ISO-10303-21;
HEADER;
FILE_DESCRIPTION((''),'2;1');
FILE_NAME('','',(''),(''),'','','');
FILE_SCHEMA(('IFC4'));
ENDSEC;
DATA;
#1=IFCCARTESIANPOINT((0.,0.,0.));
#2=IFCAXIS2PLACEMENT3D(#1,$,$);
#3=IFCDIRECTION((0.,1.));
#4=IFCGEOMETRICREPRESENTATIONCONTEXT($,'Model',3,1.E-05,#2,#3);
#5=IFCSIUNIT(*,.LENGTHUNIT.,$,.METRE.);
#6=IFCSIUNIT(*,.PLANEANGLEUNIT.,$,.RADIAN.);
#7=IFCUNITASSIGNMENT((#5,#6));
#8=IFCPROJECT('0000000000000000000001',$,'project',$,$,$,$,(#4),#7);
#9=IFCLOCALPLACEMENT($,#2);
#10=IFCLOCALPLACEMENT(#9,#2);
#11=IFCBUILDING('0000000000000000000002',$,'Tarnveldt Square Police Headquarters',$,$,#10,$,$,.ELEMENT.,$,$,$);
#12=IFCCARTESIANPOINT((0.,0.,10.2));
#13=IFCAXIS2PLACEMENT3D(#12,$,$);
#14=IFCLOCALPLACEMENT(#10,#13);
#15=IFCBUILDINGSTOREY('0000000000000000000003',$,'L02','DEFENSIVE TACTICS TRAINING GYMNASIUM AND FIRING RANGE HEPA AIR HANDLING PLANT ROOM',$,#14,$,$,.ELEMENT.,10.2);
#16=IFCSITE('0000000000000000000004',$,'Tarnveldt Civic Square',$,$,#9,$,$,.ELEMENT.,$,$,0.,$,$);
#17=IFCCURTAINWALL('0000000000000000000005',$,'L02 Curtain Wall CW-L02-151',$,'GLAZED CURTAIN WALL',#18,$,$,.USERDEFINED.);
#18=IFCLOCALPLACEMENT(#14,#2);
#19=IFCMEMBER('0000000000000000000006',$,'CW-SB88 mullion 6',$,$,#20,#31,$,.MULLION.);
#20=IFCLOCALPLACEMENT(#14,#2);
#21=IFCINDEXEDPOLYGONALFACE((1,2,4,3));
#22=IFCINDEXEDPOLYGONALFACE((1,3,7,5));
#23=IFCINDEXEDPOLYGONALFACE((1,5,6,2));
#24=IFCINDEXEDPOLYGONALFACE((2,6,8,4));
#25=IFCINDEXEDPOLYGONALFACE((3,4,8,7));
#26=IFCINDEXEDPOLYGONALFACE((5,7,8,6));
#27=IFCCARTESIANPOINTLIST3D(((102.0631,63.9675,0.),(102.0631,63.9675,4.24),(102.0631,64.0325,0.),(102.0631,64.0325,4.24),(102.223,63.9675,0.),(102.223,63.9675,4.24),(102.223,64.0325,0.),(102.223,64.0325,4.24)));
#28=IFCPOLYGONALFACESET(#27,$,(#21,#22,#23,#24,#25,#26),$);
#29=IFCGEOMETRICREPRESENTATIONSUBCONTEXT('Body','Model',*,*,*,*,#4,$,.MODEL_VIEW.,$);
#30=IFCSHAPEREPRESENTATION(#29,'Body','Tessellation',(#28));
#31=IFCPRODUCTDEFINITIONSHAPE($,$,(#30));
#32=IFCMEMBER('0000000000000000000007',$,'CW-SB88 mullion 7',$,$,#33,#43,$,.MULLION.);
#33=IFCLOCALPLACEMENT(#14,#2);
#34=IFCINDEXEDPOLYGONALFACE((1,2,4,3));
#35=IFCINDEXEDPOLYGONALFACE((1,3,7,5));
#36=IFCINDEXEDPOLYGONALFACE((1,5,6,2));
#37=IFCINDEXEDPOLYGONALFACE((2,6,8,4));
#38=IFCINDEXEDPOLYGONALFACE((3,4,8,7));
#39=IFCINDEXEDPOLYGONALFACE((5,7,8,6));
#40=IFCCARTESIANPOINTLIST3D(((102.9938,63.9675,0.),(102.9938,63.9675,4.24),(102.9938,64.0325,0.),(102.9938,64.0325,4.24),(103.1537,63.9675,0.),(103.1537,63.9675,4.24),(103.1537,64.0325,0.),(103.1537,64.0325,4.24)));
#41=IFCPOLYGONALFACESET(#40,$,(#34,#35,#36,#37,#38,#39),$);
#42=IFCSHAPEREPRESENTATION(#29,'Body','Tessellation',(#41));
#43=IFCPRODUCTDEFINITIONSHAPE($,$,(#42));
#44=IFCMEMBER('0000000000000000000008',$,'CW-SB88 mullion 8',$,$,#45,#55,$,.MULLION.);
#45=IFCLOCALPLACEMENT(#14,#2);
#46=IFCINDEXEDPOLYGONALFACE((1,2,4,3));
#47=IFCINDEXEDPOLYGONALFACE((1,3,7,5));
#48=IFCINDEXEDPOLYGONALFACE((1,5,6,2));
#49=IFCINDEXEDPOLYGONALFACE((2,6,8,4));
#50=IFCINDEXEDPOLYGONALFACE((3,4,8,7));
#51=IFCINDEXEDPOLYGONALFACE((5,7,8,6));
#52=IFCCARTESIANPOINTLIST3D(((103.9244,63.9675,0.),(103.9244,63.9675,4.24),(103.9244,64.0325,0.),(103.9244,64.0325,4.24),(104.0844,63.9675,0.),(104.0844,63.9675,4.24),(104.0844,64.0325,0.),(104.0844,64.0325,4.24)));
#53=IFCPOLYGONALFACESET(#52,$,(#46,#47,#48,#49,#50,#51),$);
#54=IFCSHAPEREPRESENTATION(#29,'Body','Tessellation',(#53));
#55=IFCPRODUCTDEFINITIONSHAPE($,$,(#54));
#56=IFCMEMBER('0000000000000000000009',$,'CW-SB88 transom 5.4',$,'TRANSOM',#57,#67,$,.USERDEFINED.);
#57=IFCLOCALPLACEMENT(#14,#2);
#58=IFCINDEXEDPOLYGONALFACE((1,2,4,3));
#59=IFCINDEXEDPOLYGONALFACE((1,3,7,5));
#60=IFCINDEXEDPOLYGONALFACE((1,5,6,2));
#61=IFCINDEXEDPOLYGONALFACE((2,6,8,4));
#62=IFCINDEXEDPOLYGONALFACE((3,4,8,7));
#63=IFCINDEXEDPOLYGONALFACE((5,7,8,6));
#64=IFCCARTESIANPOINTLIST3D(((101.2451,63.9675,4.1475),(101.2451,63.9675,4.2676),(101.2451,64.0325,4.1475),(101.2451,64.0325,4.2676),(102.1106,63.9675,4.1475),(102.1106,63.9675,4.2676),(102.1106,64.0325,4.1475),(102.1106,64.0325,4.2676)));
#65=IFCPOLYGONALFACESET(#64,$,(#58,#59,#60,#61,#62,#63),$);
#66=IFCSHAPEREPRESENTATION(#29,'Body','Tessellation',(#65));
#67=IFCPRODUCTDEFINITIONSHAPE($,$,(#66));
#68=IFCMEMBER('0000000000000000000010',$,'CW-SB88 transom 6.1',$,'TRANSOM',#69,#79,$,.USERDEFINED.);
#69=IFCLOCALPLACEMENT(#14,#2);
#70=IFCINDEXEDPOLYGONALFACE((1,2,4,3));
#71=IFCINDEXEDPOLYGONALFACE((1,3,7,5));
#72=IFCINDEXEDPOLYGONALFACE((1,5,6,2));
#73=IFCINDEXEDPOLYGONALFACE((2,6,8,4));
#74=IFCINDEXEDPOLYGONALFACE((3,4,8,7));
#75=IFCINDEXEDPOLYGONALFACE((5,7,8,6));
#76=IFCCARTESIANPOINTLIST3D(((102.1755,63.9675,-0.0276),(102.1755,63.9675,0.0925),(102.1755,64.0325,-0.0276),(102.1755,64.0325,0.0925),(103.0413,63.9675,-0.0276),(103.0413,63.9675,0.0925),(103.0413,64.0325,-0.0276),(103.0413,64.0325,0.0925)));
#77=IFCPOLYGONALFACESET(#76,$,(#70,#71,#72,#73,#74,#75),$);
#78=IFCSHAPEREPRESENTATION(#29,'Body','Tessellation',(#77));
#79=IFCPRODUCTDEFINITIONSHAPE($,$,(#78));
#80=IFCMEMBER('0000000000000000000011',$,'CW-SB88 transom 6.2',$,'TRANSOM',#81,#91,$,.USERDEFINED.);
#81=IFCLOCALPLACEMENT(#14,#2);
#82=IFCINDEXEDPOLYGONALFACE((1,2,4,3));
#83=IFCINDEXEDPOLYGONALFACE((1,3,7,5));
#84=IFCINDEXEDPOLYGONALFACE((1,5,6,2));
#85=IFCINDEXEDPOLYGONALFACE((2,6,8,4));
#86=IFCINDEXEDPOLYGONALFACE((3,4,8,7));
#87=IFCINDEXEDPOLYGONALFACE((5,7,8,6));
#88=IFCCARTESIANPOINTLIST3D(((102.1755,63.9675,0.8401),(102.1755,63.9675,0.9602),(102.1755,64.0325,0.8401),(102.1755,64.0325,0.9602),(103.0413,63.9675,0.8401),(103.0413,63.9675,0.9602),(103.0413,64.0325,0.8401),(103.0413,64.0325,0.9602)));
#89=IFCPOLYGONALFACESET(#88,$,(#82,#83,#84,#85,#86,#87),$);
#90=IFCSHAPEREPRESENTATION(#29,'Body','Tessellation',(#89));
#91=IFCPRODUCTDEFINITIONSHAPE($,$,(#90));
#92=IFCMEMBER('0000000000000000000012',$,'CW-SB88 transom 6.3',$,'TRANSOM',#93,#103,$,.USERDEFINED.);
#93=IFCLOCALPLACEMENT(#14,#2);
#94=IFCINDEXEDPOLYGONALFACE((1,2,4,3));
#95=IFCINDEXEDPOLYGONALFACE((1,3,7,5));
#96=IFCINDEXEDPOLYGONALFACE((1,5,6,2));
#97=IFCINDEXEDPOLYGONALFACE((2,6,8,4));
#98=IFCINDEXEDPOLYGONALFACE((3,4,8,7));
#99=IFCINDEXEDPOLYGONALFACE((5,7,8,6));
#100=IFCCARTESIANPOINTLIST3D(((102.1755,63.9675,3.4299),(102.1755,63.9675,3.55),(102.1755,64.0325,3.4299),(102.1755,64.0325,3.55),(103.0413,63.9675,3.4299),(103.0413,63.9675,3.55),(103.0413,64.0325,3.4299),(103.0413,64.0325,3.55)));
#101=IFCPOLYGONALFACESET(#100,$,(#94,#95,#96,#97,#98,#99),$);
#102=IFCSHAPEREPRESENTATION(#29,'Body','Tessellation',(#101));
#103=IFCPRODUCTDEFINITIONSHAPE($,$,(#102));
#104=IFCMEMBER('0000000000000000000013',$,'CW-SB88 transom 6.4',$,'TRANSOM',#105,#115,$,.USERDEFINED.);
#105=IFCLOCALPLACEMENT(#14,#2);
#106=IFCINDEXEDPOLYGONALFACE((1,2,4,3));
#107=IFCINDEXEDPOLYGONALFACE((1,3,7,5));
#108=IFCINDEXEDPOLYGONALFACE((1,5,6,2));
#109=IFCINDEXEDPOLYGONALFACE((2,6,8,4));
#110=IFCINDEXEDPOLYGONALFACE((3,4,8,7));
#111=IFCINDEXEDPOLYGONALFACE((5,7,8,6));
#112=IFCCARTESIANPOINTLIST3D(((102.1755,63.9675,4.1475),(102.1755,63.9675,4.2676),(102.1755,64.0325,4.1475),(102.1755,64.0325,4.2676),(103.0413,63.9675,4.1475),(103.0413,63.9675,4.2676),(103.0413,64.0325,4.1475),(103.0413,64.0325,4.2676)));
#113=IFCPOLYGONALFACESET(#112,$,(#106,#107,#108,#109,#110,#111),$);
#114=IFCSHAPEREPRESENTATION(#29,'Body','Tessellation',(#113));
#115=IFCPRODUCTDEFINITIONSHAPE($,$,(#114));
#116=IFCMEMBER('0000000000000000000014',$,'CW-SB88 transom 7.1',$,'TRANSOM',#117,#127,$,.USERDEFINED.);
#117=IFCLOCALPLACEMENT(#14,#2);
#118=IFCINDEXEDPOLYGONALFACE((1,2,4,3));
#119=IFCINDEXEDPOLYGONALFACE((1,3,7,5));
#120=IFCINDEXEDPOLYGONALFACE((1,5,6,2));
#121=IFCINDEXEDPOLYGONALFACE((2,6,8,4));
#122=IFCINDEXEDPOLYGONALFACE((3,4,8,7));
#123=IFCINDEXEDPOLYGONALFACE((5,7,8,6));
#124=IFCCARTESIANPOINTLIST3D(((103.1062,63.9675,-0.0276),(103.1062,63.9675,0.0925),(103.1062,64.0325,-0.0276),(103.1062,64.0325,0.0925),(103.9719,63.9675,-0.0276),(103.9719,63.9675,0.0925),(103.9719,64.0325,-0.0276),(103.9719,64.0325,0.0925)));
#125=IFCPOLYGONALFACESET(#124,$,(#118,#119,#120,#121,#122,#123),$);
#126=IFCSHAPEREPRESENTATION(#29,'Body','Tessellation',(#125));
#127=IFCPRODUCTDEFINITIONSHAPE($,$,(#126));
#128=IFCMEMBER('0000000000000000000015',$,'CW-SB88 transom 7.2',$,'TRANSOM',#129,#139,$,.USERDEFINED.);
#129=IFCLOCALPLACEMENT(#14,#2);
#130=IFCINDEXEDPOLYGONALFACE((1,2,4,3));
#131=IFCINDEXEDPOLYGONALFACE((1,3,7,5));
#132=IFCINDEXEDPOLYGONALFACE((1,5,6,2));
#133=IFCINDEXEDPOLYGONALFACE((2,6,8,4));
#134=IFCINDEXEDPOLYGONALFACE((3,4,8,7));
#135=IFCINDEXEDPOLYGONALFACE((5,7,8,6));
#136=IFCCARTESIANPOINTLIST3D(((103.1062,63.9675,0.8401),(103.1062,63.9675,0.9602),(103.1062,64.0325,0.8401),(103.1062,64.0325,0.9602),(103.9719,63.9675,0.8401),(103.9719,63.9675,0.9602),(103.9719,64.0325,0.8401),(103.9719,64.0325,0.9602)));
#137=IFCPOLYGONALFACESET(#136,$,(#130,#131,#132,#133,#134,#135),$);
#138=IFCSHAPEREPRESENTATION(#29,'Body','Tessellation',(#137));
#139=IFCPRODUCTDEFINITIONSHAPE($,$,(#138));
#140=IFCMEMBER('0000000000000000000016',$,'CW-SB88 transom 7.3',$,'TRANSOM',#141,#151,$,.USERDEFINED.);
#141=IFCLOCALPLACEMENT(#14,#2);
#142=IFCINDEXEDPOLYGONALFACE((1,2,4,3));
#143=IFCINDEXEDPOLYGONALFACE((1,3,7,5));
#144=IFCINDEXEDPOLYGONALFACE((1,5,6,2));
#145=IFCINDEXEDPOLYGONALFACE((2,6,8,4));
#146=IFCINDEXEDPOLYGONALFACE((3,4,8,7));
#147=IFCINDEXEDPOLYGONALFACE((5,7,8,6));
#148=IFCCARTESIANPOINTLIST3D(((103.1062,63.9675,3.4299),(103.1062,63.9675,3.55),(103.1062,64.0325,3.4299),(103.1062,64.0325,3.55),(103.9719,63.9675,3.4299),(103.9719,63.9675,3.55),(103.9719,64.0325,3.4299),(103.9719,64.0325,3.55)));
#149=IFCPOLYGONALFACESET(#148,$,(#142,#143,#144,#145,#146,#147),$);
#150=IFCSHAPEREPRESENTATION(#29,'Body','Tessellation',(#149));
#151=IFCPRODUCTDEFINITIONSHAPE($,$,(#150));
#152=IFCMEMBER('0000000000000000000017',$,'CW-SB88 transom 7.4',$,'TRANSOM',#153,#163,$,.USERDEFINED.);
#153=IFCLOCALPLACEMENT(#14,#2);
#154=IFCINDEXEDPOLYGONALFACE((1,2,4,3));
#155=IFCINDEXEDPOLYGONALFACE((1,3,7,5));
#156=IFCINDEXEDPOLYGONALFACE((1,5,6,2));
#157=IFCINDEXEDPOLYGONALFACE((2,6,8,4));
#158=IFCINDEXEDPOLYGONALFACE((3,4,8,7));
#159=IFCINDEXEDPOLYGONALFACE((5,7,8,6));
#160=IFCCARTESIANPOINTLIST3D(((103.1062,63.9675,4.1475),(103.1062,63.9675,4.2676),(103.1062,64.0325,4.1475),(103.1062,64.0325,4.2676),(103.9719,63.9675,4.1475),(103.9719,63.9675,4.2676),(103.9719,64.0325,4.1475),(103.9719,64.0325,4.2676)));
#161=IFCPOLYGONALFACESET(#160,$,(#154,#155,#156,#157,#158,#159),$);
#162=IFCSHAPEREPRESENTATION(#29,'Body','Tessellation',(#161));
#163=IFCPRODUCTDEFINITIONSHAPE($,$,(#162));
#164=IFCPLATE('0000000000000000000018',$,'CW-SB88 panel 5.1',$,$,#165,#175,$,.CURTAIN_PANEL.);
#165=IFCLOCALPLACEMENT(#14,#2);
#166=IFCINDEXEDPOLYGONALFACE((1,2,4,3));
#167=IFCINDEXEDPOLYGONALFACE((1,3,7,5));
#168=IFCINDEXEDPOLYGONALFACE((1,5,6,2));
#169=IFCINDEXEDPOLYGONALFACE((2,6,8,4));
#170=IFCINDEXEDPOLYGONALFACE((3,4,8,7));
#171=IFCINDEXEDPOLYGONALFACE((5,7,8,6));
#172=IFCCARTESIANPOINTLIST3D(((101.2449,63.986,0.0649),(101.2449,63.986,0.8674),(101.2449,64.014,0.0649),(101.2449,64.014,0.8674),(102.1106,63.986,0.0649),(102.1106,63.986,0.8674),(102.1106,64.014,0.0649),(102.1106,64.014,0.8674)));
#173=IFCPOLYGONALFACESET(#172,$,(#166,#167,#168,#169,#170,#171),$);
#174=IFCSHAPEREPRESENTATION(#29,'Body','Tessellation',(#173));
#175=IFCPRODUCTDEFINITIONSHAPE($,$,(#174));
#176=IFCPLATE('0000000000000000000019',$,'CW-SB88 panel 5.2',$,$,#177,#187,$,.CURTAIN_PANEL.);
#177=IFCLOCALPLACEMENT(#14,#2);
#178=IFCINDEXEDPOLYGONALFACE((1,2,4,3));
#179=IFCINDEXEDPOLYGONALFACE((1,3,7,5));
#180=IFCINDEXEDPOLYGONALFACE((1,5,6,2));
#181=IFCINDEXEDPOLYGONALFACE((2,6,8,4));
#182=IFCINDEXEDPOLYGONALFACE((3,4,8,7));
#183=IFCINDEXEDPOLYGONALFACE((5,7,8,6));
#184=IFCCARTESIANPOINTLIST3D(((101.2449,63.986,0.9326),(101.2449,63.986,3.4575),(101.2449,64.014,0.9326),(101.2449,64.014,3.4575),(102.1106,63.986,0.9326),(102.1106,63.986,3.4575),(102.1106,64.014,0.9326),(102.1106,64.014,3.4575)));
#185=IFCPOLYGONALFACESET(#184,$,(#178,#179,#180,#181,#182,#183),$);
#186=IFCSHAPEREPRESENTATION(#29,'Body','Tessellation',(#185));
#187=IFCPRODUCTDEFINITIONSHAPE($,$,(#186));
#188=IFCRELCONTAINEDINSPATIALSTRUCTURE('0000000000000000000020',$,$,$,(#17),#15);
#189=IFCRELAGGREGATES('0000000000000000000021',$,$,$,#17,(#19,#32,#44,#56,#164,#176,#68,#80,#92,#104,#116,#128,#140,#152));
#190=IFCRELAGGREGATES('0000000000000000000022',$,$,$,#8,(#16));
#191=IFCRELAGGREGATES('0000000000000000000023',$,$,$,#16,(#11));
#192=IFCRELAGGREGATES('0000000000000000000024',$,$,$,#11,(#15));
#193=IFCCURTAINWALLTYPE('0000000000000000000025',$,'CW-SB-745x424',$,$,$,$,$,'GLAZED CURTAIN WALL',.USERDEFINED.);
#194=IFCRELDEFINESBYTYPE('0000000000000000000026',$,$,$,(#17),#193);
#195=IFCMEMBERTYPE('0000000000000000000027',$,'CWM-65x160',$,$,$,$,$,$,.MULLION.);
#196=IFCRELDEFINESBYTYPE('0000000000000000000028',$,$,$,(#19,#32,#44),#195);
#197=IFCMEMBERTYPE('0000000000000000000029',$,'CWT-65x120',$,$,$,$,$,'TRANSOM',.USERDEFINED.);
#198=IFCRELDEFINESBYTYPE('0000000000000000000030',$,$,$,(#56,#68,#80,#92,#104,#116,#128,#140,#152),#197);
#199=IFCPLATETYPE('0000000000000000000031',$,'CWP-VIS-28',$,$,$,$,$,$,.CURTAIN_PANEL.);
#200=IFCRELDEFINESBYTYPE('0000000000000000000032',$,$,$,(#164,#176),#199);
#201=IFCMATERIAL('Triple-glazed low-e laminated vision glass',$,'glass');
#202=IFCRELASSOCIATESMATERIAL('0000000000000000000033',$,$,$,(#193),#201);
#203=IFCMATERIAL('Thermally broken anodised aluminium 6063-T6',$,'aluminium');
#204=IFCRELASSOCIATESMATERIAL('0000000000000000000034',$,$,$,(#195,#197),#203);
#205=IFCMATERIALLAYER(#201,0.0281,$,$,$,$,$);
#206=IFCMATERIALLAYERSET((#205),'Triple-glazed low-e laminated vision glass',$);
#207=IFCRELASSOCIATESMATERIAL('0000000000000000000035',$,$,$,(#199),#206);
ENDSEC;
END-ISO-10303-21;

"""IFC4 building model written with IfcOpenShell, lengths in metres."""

from ifc_helpers import new_model, si_unit, direction, frame, origin, origin_2d, place, context, subcontext, project, spatial, rectangle, extrude, material, layer, layer_set, material_profile, profile_set, type_object, element, aggregate, save


model = new_model("IFC4")

# Units and contexts
model_context = context("Model", 3, precision=1e-05, world=origin(), true_north=direction((0.0, 1.0)))
body_context = subcontext(model_context, "Body", "Model", "MODEL_VIEW")
ifc_project = project(units=[si_unit("LENGTHUNIT", "METRE"), si_unit("PLANEANGLEUNIT", "RADIAN")], contexts=[model_context])

# Site, building, storey
site_placement = place(None, origin())
site = spatial("IfcSite", under=ifc_project, at=site_placement, Name="Tarnveldt Civic Square", CompositionType="ELEMENT", RefElevation=0.0)
building_placement = place(site_placement, origin())
building = spatial("IfcBuilding", under=site, at=building_placement, Name="Tarnveldt Square Police Headquarters", CompositionType="ELEMENT")
storey_placement = place(building_placement, frame((0.0, 0.0, 10.2)))
storey = spatial("IfcBuildingStorey", under=building, at=storey_placement, Name="L02", Description="DEFENSIVE TACTICS TRAINING GYMNASIUM AND FIRING RANGE HEPA AIR HANDLING PLANT ROOM", CompositionType="ELEMENT", Elevation=10.2)

# Curtain wall, members, plates
ifc_material_1 = material(Name="Triple-glazed low-e laminated vision glass", Category="glass")
curtain_wall_type = type_object("IfcCurtainWallType", Name="CW-SB-745x424", ElementType="GLAZED CURTAIN WALL", PredefinedType="USERDEFINED", material=ifc_material_1)
curtain_wall_placement = place(storey_placement, origin())
curtain_wall = element("IfcCurtainWall", 1, at=curtain_wall_placement, inside=storey, type_object=curtain_wall_type, Name="L02 Curtain Wall CW-L02-151", ObjectType="GLAZED CURTAIN WALL", PredefinedType="USERDEFINED")
ifc_material_2 = material(Name="Thermally broken anodised aluminium 6063-T6", Category="aluminium")
ifc_material_profile_1 = material_profile(ifc_material_2, rectangle(XDim=0.0649, YDim=0.1599, at=origin_2d()), Name="CW-M65x160")
ifc_profile_set_1 = profile_set([ifc_material_profile_1], Name="Thermally broken anodised aluminium 6063-T6")
member_type_1 = type_object("IfcMemberType", Name="CWM-65x160", PredefinedType="MULLION", material=ifc_profile_set_1)
member_1_placement = place(storey_placement, frame((102.1431, 64.0, 0.0), z_axis=(0.0, 0.0, 1.0), x_axis=(0.0, 1.0, 0.0)))
member_1 = element("IfcMember", 2, at=member_1_placement, type_object=member_type_1, Name="CW-SB88 mullion 6", PredefinedType="MULLION", context=body_context, shape_type="SweptSolid", body=[
    extrude(rectangle(XDim=0.0649, YDim=0.1599, at=origin_2d()), origin(), (0.0, 0.0, 1.0), 4.24),
])
member_2_placement = place(storey_placement, frame((103.0737, 64.0, 0.0), z_axis=(0.0, 0.0, 1.0), x_axis=(0.0, 1.0, 0.0)))
member_2 = element("IfcMember", 3, at=member_2_placement, type_object=member_type_1, Name="CW-SB88 mullion 7", PredefinedType="MULLION", context=body_context, shape_type="SweptSolid", body=[
    extrude(rectangle(XDim=0.0649, YDim=0.1599, at=origin_2d()), origin(), (0.0, 0.0, 1.0), 4.24),
])
member_3_placement = place(storey_placement, frame((104.0044, 64.0, 0.0), z_axis=(0.0, 0.0, 1.0), x_axis=(0.0, 1.0, 0.0)))
member_3 = element("IfcMember", 4, at=member_3_placement, type_object=member_type_1, Name="CW-SB88 mullion 8", PredefinedType="MULLION", context=body_context, shape_type="SweptSolid", body=[
    extrude(rectangle(XDim=0.0649, YDim=0.1599, at=origin_2d()), origin(), (0.0, 0.0, 1.0), 4.24),
])
ifc_material_profile_2 = material_profile(ifc_material_2, rectangle(XDim=0.0649, YDim=0.1201, at=origin_2d()), Name="CW-T65x120")
ifc_profile_set_2 = profile_set([ifc_material_profile_2], Name="Thermally broken anodised aluminium 6063-T6")
member_type_2 = type_object("IfcMemberType", Name="CWT-65x120", ElementType="TRANSOM", PredefinedType="USERDEFINED", material=ifc_profile_set_2)
member_4_placement = place(storey_placement, frame((101.2451, 64.0, 4.2075), z_axis=(1.0, 0.0, 0.0), x_axis=(0.0, 1.0, 0.0)))
member_4 = element("IfcMember", 5, at=member_4_placement, type_object=member_type_2, Name="CW-SB88 transom 5.4", ObjectType="TRANSOM", PredefinedType="USERDEFINED", context=body_context, shape_type="SweptSolid", body=[
    extrude(rectangle(XDim=0.0649, YDim=0.1201, at=origin_2d()), origin(), (0.0, 0.0, 1.0), 0.8655),
])
member_5_placement = place(storey_placement, frame((102.1755, 64.0, 0.0325), z_axis=(1.0, 0.0, 0.0), x_axis=(0.0, 1.0, 0.0)))
member_5 = element("IfcMember", 6, at=member_5_placement, type_object=member_type_2, Name="CW-SB88 transom 6.1", ObjectType="TRANSOM", PredefinedType="USERDEFINED", context=body_context, shape_type="SweptSolid", body=[
    extrude(rectangle(XDim=0.0649, YDim=0.1201, at=origin_2d()), origin(), (0.0, 0.0, 1.0), 0.8657),
])
member_6_placement = place(storey_placement, frame((102.1755, 64.0, 0.9001), z_axis=(1.0, 0.0, 0.0), x_axis=(0.0, 1.0, 0.0)))
member_6 = element("IfcMember", 7, at=member_6_placement, type_object=member_type_2, Name="CW-SB88 transom 6.2", ObjectType="TRANSOM", PredefinedType="USERDEFINED", context=body_context, shape_type="SweptSolid", body=[
    extrude(rectangle(XDim=0.0649, YDim=0.1201, at=origin_2d()), origin(), (0.0, 0.0, 1.0), 0.8657),
])
member_7_placement = place(storey_placement, frame((102.1755, 64.0, 3.49), z_axis=(1.0, 0.0, 0.0), x_axis=(0.0, 1.0, 0.0)))
member_7 = element("IfcMember", 8, at=member_7_placement, type_object=member_type_2, Name="CW-SB88 transom 6.3", ObjectType="TRANSOM", PredefinedType="USERDEFINED", context=body_context, shape_type="SweptSolid", body=[
    extrude(rectangle(XDim=0.0649, YDim=0.1201, at=origin_2d()), origin(), (0.0, 0.0, 1.0), 0.8657),
])
member_8_placement = place(storey_placement, frame((102.1755, 64.0, 4.2075), z_axis=(1.0, 0.0, 0.0), x_axis=(0.0, 1.0, 0.0)))
member_8 = element("IfcMember", 9, at=member_8_placement, type_object=member_type_2, Name="CW-SB88 transom 6.4", ObjectType="TRANSOM", PredefinedType="USERDEFINED", context=body_context, shape_type="SweptSolid", body=[
    extrude(rectangle(XDim=0.0649, YDim=0.1201, at=origin_2d()), origin(), (0.0, 0.0, 1.0), 0.8657),
])
member_9_placement = place(storey_placement, frame((103.1062, 64.0, 0.0325), z_axis=(1.0, 0.0, 0.0), x_axis=(0.0, 1.0, 0.0)))
member_9 = element("IfcMember", 10, at=member_9_placement, type_object=member_type_2, Name="CW-SB88 transom 7.1", ObjectType="TRANSOM", PredefinedType="USERDEFINED", context=body_context, shape_type="SweptSolid", body=[
    extrude(rectangle(XDim=0.0649, YDim=0.1201, at=origin_2d()), origin(), (0.0, 0.0, 1.0), 0.8657),
])
member_10_placement = place(storey_placement, frame((103.1062, 64.0, 0.9001), z_axis=(1.0, 0.0, 0.0), x_axis=(0.0, 1.0, 0.0)))
member_10 = element("IfcMember", 11, at=member_10_placement, type_object=member_type_2, Name="CW-SB88 transom 7.2", ObjectType="TRANSOM", PredefinedType="USERDEFINED", context=body_context, shape_type="SweptSolid", body=[
    extrude(rectangle(XDim=0.0649, YDim=0.1201, at=origin_2d()), origin(), (0.0, 0.0, 1.0), 0.8657),
])
member_11_placement = place(storey_placement, frame((103.1062, 64.0, 3.49), z_axis=(1.0, 0.0, 0.0), x_axis=(0.0, 1.0, 0.0)))
member_11 = element("IfcMember", 12, at=member_11_placement, type_object=member_type_2, Name="CW-SB88 transom 7.3", ObjectType="TRANSOM", PredefinedType="USERDEFINED", context=body_context, shape_type="SweptSolid", body=[
    extrude(rectangle(XDim=0.0649, YDim=0.1201, at=origin_2d()), origin(), (0.0, 0.0, 1.0), 0.8657),
])
member_12_placement = place(storey_placement, frame((103.1062, 64.0, 4.2075), z_axis=(1.0, 0.0, 0.0), x_axis=(0.0, 1.0, 0.0)))
member_12 = element("IfcMember", 13, at=member_12_placement, type_object=member_type_2, Name="CW-SB88 transom 7.4", ObjectType="TRANSOM", PredefinedType="USERDEFINED", context=body_context, shape_type="SweptSolid", body=[
    extrude(rectangle(XDim=0.0649, YDim=0.1201, at=origin_2d()), origin(), (0.0, 0.0, 1.0), 0.8657),
])
ifc_layer = layer(ifc_material_1, 0.0281)
ifc_layer_set = layer_set([ifc_layer], Name="Triple-glazed low-e laminated vision glass")
plate_type = type_object("IfcPlateType", Name="CWP-VIS-28", PredefinedType="CURTAIN_PANEL", material=ifc_layer_set)
plate_1_placement = place(storey_placement, frame((101.6777, 64.0, 0.0649), z_axis=(0.0, 0.0, 1.0), x_axis=(1.0, 0.0, 0.0)))
plate_1 = element("IfcPlate", 14, at=plate_1_placement, type_object=plate_type, Name="CW-SB88 panel 5.1", PredefinedType="CURTAIN_PANEL", context=body_context, shape_type="SweptSolid", body=[
    extrude(rectangle(XDim=0.8657, YDim=0.0281, at=origin_2d()), origin(), (0.0, 0.0, 1.0), 0.8025),
])
plate_2_placement = place(storey_placement, frame((101.6777, 64.0, 0.9326), z_axis=(0.0, 0.0, 1.0), x_axis=(1.0, 0.0, 0.0)))
plate_2 = element("IfcPlate", 15, at=plate_2_placement, type_object=plate_type, Name="CW-SB88 panel 5.2", PredefinedType="CURTAIN_PANEL", context=body_context, shape_type="SweptSolid", body=[
    extrude(rectangle(XDim=0.8657, YDim=0.0281, at=origin_2d()), origin(), (0.0, 0.0, 1.0), 2.5249),
])
aggregate(curtain_wall, [member_1, member_2, member_3, member_4, plate_1, plate_2, member_5, member_6, member_7, member_8, member_9, member_10, member_11, member_12])

save(model, "model.ifc")
